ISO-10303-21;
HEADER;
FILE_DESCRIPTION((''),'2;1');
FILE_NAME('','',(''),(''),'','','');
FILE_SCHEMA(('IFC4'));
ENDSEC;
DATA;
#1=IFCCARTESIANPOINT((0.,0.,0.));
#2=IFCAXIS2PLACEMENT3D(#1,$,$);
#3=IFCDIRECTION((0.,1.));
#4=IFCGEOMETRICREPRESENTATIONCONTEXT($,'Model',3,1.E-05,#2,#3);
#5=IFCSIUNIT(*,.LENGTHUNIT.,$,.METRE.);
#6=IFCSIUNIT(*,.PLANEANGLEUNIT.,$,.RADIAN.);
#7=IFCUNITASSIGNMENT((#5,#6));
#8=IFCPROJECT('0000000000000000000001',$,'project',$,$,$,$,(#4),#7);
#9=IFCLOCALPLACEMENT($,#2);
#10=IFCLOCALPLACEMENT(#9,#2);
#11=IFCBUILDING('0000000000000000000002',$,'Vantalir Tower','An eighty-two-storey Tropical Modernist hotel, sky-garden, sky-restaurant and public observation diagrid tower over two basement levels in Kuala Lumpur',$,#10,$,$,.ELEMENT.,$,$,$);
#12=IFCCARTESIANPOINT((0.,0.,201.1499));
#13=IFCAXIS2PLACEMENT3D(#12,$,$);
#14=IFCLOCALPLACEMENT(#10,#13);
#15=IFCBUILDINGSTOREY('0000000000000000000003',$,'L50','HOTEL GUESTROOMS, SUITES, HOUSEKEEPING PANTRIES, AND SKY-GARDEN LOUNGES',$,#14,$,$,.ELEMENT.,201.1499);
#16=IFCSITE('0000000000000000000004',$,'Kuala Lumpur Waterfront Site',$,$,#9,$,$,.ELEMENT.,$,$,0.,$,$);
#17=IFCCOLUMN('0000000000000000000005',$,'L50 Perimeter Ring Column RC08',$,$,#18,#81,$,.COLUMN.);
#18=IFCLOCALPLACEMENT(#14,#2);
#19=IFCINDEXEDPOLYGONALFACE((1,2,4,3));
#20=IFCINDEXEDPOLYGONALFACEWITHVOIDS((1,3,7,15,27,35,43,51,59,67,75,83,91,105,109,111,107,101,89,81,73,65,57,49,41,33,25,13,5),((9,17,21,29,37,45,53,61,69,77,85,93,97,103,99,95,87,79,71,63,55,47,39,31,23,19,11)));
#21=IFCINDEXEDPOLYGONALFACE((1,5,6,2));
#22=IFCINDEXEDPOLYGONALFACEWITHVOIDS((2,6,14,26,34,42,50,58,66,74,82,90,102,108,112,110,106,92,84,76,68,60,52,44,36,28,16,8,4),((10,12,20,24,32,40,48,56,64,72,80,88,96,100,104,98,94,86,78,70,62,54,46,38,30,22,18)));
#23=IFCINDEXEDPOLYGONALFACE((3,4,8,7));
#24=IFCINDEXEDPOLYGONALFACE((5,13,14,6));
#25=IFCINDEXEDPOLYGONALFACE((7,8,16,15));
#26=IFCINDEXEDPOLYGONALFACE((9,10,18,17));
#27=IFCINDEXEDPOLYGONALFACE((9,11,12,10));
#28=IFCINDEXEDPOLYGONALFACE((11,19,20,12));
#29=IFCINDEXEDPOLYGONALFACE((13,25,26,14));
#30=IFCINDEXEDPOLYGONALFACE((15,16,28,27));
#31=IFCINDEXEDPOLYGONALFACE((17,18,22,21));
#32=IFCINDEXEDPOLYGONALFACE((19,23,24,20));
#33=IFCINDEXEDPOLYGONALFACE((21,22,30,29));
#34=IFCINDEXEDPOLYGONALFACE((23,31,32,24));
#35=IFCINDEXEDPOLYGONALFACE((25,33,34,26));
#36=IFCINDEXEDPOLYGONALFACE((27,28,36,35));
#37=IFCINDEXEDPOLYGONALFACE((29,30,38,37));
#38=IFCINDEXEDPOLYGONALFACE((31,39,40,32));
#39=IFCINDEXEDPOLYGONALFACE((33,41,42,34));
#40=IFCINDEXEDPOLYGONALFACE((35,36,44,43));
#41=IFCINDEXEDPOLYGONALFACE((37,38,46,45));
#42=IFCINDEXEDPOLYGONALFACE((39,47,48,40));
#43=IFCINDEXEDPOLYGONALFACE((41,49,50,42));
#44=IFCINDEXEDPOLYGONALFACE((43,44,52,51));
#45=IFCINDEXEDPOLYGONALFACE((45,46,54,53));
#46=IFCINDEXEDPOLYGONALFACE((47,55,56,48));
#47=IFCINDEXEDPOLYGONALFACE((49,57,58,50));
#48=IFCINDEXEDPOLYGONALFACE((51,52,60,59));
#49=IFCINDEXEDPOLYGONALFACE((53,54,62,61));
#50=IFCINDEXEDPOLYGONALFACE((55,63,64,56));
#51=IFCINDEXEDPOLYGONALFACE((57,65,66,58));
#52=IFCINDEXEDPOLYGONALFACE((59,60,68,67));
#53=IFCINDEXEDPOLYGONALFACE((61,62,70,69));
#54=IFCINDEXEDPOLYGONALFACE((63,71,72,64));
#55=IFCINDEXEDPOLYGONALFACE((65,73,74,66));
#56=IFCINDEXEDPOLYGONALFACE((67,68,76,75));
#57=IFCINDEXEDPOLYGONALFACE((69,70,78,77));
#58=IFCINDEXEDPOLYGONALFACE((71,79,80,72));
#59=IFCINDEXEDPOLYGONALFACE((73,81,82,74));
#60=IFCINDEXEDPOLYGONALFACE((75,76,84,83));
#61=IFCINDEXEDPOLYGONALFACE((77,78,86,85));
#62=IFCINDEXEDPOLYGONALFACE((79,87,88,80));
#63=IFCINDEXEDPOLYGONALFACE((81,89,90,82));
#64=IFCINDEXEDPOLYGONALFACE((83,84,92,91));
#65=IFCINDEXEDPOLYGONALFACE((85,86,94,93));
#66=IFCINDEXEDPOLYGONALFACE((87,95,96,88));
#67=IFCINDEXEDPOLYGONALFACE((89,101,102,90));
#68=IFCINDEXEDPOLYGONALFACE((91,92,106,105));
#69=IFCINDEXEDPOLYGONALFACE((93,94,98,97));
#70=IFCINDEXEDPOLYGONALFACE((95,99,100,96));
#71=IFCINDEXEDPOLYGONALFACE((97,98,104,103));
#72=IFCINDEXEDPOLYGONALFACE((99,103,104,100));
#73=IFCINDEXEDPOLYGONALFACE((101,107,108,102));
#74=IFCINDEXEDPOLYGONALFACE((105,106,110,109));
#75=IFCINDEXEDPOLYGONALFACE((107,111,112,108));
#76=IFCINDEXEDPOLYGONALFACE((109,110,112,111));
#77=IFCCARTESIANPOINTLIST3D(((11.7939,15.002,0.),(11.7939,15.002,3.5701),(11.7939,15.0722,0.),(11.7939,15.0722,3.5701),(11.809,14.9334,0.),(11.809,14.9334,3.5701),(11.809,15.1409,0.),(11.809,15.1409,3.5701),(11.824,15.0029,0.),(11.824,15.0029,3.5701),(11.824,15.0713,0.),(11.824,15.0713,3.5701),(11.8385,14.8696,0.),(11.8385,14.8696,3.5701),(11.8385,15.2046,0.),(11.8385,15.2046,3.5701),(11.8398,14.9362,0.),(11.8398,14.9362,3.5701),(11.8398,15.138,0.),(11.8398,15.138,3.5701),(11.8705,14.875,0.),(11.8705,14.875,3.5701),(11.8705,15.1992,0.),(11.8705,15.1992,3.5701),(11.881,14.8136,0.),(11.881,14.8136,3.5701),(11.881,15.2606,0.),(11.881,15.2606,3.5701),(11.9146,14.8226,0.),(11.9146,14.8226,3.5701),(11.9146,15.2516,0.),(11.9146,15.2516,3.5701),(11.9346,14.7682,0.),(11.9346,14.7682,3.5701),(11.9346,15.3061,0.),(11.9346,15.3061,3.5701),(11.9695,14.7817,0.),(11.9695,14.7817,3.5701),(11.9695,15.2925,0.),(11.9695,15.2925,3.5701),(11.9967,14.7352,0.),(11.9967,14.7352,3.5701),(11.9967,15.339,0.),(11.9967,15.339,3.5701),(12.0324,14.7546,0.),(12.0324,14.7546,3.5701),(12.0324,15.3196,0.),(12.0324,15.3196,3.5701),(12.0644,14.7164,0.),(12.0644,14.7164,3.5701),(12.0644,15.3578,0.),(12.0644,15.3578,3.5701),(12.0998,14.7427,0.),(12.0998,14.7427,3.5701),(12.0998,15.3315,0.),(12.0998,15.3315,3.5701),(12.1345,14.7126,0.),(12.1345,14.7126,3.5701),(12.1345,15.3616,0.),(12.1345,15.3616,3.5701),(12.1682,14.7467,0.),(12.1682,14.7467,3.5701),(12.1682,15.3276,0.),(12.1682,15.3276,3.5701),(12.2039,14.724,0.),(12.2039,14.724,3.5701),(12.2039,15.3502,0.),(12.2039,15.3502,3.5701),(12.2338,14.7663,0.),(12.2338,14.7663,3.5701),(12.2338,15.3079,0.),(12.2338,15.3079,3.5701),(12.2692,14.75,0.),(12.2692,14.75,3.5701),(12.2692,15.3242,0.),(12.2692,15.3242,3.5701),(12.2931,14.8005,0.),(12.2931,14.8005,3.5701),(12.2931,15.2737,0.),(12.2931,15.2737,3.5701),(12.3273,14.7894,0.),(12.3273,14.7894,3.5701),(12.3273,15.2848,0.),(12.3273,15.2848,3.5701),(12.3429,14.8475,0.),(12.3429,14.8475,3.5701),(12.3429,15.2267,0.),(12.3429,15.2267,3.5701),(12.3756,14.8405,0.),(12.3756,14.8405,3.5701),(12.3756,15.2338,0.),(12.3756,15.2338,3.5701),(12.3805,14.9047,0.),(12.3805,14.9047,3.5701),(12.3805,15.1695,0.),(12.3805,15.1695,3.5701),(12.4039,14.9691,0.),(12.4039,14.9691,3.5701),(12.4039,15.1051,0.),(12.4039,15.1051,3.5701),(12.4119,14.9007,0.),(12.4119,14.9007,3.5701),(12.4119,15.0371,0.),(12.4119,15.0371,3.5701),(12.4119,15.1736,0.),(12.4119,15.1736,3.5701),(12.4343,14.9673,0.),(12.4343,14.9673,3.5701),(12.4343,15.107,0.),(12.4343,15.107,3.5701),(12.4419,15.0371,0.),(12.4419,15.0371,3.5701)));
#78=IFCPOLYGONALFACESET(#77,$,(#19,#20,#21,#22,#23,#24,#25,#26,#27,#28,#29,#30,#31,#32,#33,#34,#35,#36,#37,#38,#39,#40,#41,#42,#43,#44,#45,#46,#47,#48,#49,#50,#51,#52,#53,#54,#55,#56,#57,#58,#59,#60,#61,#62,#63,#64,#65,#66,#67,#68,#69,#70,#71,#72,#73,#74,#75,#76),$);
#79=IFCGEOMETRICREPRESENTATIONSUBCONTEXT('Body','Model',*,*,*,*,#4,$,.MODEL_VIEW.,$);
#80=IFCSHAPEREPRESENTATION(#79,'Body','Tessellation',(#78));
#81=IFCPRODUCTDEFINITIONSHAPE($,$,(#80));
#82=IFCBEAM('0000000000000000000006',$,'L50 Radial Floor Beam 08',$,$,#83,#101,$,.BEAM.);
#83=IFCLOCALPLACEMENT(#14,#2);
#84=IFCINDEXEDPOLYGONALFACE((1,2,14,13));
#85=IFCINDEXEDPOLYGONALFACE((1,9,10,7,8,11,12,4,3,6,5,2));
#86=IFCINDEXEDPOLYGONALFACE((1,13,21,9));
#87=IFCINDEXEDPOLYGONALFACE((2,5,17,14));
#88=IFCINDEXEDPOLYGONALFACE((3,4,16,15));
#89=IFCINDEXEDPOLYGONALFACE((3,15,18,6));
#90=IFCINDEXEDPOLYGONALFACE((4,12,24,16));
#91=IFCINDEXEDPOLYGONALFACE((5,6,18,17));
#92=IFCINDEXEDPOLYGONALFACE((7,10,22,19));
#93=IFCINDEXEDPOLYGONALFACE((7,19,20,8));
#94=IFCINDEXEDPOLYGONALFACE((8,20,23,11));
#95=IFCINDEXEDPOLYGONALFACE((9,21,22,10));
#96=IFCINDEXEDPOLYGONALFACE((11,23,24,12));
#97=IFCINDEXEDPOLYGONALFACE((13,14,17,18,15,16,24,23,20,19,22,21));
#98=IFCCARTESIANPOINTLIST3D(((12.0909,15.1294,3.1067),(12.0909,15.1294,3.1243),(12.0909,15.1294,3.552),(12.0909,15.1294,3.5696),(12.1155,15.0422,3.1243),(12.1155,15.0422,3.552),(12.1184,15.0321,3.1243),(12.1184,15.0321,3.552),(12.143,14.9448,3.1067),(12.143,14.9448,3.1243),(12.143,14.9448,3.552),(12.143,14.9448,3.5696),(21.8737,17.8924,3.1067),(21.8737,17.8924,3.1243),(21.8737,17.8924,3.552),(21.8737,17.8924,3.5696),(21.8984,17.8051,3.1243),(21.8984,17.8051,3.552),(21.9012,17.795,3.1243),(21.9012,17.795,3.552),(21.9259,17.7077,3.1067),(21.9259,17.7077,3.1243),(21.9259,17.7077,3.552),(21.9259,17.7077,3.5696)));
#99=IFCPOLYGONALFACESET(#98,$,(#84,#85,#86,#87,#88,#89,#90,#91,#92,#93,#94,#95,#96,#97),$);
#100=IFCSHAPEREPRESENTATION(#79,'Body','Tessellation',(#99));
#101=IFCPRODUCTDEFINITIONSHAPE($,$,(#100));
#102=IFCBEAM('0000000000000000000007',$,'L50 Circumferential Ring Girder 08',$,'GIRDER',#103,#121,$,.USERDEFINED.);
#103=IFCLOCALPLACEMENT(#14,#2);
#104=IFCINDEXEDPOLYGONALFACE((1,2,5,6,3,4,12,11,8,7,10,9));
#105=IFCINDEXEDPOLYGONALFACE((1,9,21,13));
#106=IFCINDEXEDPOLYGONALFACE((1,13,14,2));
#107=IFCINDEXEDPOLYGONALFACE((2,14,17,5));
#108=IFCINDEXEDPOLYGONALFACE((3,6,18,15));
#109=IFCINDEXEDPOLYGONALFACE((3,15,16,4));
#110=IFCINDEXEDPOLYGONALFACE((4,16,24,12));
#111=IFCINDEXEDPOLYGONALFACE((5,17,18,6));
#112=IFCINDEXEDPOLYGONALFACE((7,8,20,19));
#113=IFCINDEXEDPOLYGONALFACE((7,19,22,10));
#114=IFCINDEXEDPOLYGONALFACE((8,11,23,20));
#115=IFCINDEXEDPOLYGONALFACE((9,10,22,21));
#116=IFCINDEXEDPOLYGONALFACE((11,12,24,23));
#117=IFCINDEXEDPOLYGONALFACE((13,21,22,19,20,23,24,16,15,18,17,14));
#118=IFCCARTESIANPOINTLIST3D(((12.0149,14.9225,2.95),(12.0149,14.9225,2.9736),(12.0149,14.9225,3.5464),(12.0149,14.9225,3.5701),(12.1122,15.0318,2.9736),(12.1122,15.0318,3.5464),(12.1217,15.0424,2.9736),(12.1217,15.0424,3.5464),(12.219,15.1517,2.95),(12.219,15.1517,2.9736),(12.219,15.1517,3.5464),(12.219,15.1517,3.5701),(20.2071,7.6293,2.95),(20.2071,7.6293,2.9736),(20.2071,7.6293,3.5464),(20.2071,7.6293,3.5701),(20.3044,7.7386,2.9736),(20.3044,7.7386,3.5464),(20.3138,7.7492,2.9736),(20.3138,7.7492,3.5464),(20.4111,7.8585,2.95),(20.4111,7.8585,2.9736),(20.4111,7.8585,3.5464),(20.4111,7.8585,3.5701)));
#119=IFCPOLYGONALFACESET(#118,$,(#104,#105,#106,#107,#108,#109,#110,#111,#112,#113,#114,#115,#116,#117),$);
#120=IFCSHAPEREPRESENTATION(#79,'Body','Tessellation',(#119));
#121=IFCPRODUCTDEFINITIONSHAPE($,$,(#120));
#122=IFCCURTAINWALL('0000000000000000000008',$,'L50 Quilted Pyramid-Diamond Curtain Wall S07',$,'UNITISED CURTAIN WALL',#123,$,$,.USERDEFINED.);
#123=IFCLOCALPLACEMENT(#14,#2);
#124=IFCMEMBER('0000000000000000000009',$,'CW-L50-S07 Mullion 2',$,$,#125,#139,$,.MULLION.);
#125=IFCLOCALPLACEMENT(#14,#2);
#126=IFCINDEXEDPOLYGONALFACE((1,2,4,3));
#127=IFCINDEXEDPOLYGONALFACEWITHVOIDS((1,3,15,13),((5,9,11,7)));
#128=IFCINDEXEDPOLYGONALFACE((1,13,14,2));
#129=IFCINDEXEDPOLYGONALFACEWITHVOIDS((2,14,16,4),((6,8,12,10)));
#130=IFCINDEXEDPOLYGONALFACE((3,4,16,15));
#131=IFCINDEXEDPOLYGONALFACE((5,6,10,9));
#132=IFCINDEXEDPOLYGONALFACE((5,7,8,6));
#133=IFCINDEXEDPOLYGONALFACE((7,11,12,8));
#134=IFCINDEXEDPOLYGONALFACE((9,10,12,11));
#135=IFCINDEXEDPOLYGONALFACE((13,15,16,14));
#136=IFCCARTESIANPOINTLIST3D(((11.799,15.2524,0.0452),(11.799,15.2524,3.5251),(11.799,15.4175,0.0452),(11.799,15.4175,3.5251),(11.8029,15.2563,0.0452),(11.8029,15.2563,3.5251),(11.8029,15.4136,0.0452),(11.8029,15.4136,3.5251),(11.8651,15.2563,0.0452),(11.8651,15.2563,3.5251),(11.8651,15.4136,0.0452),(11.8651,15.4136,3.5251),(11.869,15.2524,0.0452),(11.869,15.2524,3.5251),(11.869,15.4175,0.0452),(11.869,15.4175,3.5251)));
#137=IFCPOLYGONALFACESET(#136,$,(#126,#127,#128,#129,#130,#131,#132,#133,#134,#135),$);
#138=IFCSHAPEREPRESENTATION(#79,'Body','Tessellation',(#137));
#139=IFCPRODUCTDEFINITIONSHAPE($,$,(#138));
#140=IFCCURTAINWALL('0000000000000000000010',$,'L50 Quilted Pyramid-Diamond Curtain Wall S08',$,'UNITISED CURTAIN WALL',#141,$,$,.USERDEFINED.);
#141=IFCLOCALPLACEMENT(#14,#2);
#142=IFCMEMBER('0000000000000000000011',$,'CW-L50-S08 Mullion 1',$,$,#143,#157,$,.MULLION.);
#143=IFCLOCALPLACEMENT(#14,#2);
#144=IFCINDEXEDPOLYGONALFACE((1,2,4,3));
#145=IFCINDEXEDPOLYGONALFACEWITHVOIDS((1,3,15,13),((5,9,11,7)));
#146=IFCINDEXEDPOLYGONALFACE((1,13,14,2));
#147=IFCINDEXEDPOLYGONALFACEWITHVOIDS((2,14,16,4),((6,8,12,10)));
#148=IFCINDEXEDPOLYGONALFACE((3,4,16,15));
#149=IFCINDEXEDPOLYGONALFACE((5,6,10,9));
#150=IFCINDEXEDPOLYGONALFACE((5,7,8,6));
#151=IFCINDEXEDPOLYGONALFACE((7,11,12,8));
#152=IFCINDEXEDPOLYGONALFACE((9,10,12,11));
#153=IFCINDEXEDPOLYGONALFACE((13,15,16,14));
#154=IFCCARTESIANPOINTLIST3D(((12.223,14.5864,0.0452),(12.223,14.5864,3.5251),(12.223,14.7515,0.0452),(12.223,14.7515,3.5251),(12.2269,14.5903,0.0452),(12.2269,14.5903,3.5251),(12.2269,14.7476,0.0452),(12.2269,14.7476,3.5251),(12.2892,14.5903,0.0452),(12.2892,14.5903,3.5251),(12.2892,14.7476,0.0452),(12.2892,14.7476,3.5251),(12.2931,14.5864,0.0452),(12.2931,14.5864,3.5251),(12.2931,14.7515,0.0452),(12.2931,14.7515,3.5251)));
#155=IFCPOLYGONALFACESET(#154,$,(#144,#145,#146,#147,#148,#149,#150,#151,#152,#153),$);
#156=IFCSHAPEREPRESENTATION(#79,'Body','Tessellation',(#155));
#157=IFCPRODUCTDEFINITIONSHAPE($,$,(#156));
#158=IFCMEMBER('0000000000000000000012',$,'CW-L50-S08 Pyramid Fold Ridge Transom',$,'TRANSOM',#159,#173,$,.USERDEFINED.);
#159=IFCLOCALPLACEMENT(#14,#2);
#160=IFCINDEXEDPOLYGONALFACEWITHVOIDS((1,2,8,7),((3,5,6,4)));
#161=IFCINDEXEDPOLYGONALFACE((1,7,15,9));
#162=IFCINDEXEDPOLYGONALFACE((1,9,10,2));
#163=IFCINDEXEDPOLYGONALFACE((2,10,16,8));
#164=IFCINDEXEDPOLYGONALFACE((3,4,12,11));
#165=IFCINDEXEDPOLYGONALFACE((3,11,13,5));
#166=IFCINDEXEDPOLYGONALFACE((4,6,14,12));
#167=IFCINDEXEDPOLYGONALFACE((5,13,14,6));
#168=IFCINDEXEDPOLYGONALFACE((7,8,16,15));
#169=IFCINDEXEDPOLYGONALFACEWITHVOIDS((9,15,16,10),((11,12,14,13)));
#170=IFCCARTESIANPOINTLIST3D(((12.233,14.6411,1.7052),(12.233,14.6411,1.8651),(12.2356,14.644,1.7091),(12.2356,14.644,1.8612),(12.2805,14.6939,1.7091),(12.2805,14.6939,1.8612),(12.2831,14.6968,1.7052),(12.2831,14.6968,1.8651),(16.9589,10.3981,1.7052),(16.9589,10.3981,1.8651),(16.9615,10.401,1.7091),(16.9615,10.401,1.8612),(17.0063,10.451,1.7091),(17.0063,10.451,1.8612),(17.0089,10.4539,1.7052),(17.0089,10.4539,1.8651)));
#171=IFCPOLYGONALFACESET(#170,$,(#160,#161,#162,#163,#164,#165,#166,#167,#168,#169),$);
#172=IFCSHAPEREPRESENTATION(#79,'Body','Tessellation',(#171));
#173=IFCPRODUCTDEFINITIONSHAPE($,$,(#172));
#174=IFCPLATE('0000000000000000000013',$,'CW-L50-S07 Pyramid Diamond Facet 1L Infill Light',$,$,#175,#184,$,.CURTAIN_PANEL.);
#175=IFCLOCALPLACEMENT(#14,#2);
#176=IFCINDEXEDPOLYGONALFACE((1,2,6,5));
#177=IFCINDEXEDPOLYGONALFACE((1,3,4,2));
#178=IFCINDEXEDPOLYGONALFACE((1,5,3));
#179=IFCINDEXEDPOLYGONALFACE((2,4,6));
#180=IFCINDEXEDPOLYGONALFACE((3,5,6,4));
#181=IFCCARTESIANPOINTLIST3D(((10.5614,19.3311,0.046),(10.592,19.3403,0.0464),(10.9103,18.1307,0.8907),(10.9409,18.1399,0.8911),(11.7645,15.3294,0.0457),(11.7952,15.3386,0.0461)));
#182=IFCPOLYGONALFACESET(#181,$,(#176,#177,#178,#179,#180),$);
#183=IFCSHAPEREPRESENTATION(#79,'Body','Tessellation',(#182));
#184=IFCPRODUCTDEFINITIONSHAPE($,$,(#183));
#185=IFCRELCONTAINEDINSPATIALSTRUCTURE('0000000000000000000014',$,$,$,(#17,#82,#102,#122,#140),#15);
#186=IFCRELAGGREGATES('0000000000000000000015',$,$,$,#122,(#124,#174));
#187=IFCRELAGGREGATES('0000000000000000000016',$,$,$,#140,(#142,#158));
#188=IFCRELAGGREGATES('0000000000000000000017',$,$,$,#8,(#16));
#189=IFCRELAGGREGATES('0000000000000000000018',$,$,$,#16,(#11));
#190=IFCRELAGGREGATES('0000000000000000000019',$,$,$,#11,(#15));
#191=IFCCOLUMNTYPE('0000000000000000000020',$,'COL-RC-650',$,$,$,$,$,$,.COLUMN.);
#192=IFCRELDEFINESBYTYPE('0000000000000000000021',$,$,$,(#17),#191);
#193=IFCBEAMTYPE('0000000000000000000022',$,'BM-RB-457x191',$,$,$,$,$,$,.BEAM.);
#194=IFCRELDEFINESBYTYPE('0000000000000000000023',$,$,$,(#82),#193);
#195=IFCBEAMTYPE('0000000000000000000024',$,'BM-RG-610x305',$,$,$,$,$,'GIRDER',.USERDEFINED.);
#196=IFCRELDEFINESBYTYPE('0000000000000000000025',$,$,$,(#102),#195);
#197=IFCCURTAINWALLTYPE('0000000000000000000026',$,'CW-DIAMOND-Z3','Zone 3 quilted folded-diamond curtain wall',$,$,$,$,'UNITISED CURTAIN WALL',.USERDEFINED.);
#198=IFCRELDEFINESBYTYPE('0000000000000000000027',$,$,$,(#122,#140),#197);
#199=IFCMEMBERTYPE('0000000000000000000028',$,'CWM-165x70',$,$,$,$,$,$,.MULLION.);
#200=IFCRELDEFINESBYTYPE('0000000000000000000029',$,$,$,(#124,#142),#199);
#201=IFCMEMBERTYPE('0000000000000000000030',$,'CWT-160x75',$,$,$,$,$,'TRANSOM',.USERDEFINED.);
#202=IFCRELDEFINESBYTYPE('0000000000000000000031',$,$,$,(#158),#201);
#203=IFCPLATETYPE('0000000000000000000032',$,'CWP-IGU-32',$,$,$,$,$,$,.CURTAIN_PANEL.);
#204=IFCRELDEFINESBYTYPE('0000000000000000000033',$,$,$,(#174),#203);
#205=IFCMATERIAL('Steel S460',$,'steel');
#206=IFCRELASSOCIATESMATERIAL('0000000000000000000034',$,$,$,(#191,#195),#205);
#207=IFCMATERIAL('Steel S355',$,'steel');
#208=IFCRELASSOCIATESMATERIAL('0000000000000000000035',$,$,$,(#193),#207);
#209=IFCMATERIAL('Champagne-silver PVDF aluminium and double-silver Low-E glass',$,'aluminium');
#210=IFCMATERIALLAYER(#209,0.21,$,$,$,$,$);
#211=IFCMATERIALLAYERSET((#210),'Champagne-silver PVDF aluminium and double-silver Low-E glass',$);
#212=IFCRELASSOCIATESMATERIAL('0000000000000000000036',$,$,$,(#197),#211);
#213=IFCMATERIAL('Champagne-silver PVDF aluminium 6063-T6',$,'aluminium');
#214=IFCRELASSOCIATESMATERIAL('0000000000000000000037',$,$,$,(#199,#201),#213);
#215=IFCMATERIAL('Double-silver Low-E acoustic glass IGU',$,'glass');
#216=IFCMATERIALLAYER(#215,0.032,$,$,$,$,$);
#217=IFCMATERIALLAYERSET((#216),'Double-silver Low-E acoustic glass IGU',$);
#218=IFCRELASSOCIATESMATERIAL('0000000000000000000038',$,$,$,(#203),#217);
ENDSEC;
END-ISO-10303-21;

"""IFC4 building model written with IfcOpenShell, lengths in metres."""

from ifc_helpers import new_model, si_unit, direction, frame, origin, origin_2d, place, context, subcontext, project, spatial, polyline, hollow_rectangle, hollow_circle, i_section, outline, extrude, material, layer, layer_set, material_profile, profile_set, type_object, element, aggregate, save


model = new_model("IFC4")

# Units and contexts
model_context = context("Model", 3, precision=1e-05, world=origin(), true_north=direction((0.0, 1.0)))
body_context = subcontext(model_context, "Body", "Model", "MODEL_VIEW")
ifc_project = project(units=[si_unit("LENGTHUNIT", "METRE"), si_unit("PLANEANGLEUNIT", "RADIAN")], contexts=[model_context])

# Site, building, storey
site_placement = place(None, origin())
site = spatial("IfcSite", under=ifc_project, at=site_placement, Name="Kuala Lumpur Waterfront Site", CompositionType="ELEMENT", RefElevation=0.0)
building_placement = place(site_placement, origin())
building = spatial("IfcBuilding", under=site, at=building_placement, Name="Vantalir Tower", Description="An eighty-two-storey Tropical Modernist hotel, sky-garden, sky-restaurant and public observation diagrid tower over two basement levels in Kuala Lumpur", CompositionType="ELEMENT")
storey_placement = place(building_placement, frame((0.0, 0.0, 201.1499)))
storey = spatial("IfcBuildingStorey", under=building, at=storey_placement, Name="L50", Description="HOTEL GUESTROOMS, SUITES, HOUSEKEEPING PANTRIES, AND SKY-GARDEN LOUNGES", CompositionType="ELEMENT", Elevation=201.1499)

# Column
ifc_material_1 = material(Name="Steel S460", Category="steel")
ifc_material_profile_1 = material_profile(ifc_material_1, hollow_circle(Radius=0.325, WallThickness=0.03, at=origin_2d()), Name="Steel S460")
ifc_profile_set_1 = profile_set([ifc_material_profile_1], Name="Steel S460")
column_type = type_object("IfcColumnType", Name="COL-RC-650", PredefinedType="COLUMN", material=ifc_profile_set_1)
column_placement = place(storey_placement, frame((12.1169, 15.0371, 0.0), z_axis=(0.0, 0.0, 1.0), x_axis=(1.0, 0.0, 0.0)))
element("IfcColumn", 1, at=column_placement, inside=storey, type_object=column_type, Name="L50 Perimeter Ring Column RC08", PredefinedType="COLUMN", context=body_context, shape_type="SweptSolid", body=[
    extrude(hollow_circle(Radius=0.325, WallThickness=0.03, at=origin_2d()), origin(), (0.0, 0.0, 1.0), 3.5701),
])

# Beams
ifc_material_2 = material(Name="Steel S355", Category="steel")
ifc_material_profile_2 = material_profile(ifc_material_2, i_section(OverallWidth=0.1919, OverallDepth=0.4629, WebThickness=0.0105, FlangeThickness=0.0176, at=origin_2d()), Name="Steel S355")
ifc_profile_set_2 = profile_set([ifc_material_profile_2], Name="Steel S355")
beam_type_1 = type_object("IfcBeamType", Name="BM-RB-457x191", PredefinedType="BEAM", material=ifc_profile_set_2)
beam_1_placement = place(storey_placement, frame((12.1169, 15.0371, 3.3381), z_axis=(0.962356, 0.271792, 0.0), x_axis=(-0.271792, 0.962356, 0.0)))
element("IfcBeam", 2, at=beam_1_placement, inside=storey, type_object=beam_type_1, Name="L50 Radial Floor Beam 08", PredefinedType="BEAM", context=body_context, shape_type="SweptSolid", body=[
    extrude(i_section(OverallWidth=0.1919, OverallDepth=0.4629, WebThickness=0.0105, FlangeThickness=0.0176, at=origin_2d()), origin(), (0.0, 0.0, 1.0), 10.1655),
])
ifc_material_profile_3 = material_profile(ifc_material_1, i_section(OverallWidth=0.3069, OverallDepth=0.6201, WebThickness=0.0142, FlangeThickness=0.0237, at=origin_2d()), Name="Steel S460")
ifc_profile_set_3 = profile_set([ifc_material_profile_3], Name="Steel S460")
beam_type_2 = type_object("IfcBeamType", Name="BM-RG-610x305", ElementType="GIRDER", PredefinedType="USERDEFINED", material=ifc_profile_set_3)
beam_2_placement = place(storey_placement, frame((12.1169, 15.0371, 3.26), z_axis=(0.746897, -0.66494, 0.0), x_axis=(0.66494, 0.746897, 0.0)))
element("IfcBeam", 3, at=beam_2_placement, inside=storey, type_object=beam_type_2, Name="L50 Circumferential Ring Girder 08", ObjectType="GIRDER", PredefinedType="USERDEFINED", context=body_context, shape_type="SweptSolid", body=[
    extrude(i_section(OverallWidth=0.3069, OverallDepth=0.6201, WebThickness=0.0142, FlangeThickness=0.0237, at=origin_2d()), origin(), (0.0, 0.0, 1.0), 10.9683),
])

# Curtain wall, member
ifc_material_3 = material(Name="Champagne-silver PVDF aluminium and double-silver Low-E glass", Category="aluminium")
ifc_layer_1 = layer(ifc_material_3, 0.21)
ifc_layer_set_1 = layer_set([ifc_layer_1], Name="Champagne-silver PVDF aluminium and double-silver Low-E glass")
curtain_wall_type = type_object("IfcCurtainWallType", Name="CW-DIAMOND-Z3", Description="Zone 3 quilted folded-diamond curtain wall", ElementType="UNITISED CURTAIN WALL", PredefinedType="USERDEFINED", material=ifc_layer_set_1)
curtain_wall_1_placement = place(storey_placement, origin())
curtain_wall_1 = element("IfcCurtainWall", 4, at=curtain_wall_1_placement, inside=storey, type_object=curtain_wall_type, Name="L50 Quilted Pyramid-Diamond Curtain Wall S07", ObjectType="UNITISED CURTAIN WALL", PredefinedType="USERDEFINED")
ifc_material_4 = material(Name="Champagne-silver PVDF aluminium 6063-T6", Category="aluminium")
ifc_material_profile_4 = material_profile(ifc_material_4, hollow_rectangle(XDim=0.0701, YDim=0.165, WallThickness=0.0039, at=origin_2d()), Name="Champagne-silver PVDF aluminium 6063-T6")
ifc_profile_set_4 = profile_set([ifc_material_profile_4], Name="Champagne-silver PVDF aluminium 6063-T6")
member_type_1 = type_object("IfcMemberType", Name="CWM-165x70", PredefinedType="MULLION", material=ifc_profile_set_4)
member_1_placement = place(storey_placement, frame((11.834, 15.335, 0.0452), z_axis=(0.0, 0.0, 1.0), x_axis=(1.0, 0.0, 0.0)))
member_1 = element("IfcMember", 5, at=member_1_placement, type_object=member_type_1, Name="CW-L50-S07 Mullion 2", PredefinedType="MULLION", context=body_context, shape_type="SweptSolid", body=[
    extrude(hollow_rectangle(XDim=0.0701, YDim=0.165, WallThickness=0.0039, at=origin_2d()), origin(), (0.0, 0.0, 1.0), 3.48),
])

# Curtain wall, members
curtain_wall_2_placement = place(storey_placement, origin())
curtain_wall_2 = element("IfcCurtainWall", 6, at=curtain_wall_2_placement, inside=storey, type_object=curtain_wall_type, Name="L50 Quilted Pyramid-Diamond Curtain Wall S08", ObjectType="UNITISED CURTAIN WALL", PredefinedType="USERDEFINED")
member_2_placement = place(storey_placement, frame((12.2581, 14.6689, 0.0452), z_axis=(0.0, 0.0, 1.0), x_axis=(1.0, 0.0, 0.0)))
member_2 = element("IfcMember", 7, at=member_2_placement, type_object=member_type_1, Name="CW-L50-S08 Mullion 1", PredefinedType="MULLION", context=body_context, shape_type="SweptSolid", body=[
    extrude(hollow_rectangle(XDim=0.0701, YDim=0.165, WallThickness=0.0039, at=origin_2d()), origin(), (0.0, 0.0, 1.0), 3.48),
])
ifc_material_profile_5 = material_profile(ifc_material_4, hollow_rectangle(XDim=0.075, YDim=0.1599, WallThickness=0.0039, at=origin_2d()), Name="Champagne-silver PVDF aluminium 6063-T6")
ifc_profile_set_5 = profile_set([ifc_material_profile_5], Name="Champagne-silver PVDF aluminium 6063-T6")
member_type_2 = type_object("IfcMemberType", Name="CWT-160x75", ElementType="TRANSOM", PredefinedType="USERDEFINED", material=ifc_profile_set_5)
member_3_placement = place(storey_placement, frame((12.2581, 14.6689, 1.7852), z_axis=(0.744102, -0.668066, 0.0), x_axis=(0.668066, 0.744102, 0.0)))
member_3 = element("IfcMember", 8, at=member_3_placement, type_object=member_type_2, Name="CW-L50-S08 Pyramid Fold Ridge Transom", ObjectType="TRANSOM", PredefinedType="USERDEFINED", context=body_context, shape_type="SweptSolid", body=[
    extrude(hollow_rectangle(XDim=0.075, YDim=0.1599, WallThickness=0.0039, at=origin_2d()), origin(), (0.0, 0.0, 1.0), 6.3511),
])

# Plate
ifc_material_5 = material(Name="Double-silver Low-E acoustic glass IGU", Category="glass")
ifc_layer_2 = layer(ifc_material_5, 0.032)
ifc_layer_set_2 = layer_set([ifc_layer_2], Name="Double-silver Low-E acoustic glass IGU")
plate_type_1 = type_object("IfcPlateType", Name="CWP-IGU-32", PredefinedType="CURTAIN_PANEL", material=ifc_layer_set_2)
plate_1_placement = place(storey_placement, frame((10.592, 19.3403, 0.0464), z_axis=(0.957565, 0.287894, 0.013645), x_axis=(0.287921, -0.957654, -0.000058)))
plate_1 = element("IfcPlate", 9, at=plate_1_placement, type_object=plate_type_1, Name="CW-L50-S07 Pyramid Diamond Facet 1L Infill Light", PredefinedType="CURTAIN_PANEL", context=body_context, shape_type="SweptSolid", body=[
    extrude(outline(polyline([(0.0, 0.0), (4.1787, 0.0), (1.25, -0.8449), (0.0, 0.0)])), origin(), (0.0, 0.0, -1.0), 0.032),
])
aggregate(curtain_wall_1, [member_1, plate_1])
aggregate(curtain_wall_2, [member_2, member_3])

save(model, "model.ifc")
